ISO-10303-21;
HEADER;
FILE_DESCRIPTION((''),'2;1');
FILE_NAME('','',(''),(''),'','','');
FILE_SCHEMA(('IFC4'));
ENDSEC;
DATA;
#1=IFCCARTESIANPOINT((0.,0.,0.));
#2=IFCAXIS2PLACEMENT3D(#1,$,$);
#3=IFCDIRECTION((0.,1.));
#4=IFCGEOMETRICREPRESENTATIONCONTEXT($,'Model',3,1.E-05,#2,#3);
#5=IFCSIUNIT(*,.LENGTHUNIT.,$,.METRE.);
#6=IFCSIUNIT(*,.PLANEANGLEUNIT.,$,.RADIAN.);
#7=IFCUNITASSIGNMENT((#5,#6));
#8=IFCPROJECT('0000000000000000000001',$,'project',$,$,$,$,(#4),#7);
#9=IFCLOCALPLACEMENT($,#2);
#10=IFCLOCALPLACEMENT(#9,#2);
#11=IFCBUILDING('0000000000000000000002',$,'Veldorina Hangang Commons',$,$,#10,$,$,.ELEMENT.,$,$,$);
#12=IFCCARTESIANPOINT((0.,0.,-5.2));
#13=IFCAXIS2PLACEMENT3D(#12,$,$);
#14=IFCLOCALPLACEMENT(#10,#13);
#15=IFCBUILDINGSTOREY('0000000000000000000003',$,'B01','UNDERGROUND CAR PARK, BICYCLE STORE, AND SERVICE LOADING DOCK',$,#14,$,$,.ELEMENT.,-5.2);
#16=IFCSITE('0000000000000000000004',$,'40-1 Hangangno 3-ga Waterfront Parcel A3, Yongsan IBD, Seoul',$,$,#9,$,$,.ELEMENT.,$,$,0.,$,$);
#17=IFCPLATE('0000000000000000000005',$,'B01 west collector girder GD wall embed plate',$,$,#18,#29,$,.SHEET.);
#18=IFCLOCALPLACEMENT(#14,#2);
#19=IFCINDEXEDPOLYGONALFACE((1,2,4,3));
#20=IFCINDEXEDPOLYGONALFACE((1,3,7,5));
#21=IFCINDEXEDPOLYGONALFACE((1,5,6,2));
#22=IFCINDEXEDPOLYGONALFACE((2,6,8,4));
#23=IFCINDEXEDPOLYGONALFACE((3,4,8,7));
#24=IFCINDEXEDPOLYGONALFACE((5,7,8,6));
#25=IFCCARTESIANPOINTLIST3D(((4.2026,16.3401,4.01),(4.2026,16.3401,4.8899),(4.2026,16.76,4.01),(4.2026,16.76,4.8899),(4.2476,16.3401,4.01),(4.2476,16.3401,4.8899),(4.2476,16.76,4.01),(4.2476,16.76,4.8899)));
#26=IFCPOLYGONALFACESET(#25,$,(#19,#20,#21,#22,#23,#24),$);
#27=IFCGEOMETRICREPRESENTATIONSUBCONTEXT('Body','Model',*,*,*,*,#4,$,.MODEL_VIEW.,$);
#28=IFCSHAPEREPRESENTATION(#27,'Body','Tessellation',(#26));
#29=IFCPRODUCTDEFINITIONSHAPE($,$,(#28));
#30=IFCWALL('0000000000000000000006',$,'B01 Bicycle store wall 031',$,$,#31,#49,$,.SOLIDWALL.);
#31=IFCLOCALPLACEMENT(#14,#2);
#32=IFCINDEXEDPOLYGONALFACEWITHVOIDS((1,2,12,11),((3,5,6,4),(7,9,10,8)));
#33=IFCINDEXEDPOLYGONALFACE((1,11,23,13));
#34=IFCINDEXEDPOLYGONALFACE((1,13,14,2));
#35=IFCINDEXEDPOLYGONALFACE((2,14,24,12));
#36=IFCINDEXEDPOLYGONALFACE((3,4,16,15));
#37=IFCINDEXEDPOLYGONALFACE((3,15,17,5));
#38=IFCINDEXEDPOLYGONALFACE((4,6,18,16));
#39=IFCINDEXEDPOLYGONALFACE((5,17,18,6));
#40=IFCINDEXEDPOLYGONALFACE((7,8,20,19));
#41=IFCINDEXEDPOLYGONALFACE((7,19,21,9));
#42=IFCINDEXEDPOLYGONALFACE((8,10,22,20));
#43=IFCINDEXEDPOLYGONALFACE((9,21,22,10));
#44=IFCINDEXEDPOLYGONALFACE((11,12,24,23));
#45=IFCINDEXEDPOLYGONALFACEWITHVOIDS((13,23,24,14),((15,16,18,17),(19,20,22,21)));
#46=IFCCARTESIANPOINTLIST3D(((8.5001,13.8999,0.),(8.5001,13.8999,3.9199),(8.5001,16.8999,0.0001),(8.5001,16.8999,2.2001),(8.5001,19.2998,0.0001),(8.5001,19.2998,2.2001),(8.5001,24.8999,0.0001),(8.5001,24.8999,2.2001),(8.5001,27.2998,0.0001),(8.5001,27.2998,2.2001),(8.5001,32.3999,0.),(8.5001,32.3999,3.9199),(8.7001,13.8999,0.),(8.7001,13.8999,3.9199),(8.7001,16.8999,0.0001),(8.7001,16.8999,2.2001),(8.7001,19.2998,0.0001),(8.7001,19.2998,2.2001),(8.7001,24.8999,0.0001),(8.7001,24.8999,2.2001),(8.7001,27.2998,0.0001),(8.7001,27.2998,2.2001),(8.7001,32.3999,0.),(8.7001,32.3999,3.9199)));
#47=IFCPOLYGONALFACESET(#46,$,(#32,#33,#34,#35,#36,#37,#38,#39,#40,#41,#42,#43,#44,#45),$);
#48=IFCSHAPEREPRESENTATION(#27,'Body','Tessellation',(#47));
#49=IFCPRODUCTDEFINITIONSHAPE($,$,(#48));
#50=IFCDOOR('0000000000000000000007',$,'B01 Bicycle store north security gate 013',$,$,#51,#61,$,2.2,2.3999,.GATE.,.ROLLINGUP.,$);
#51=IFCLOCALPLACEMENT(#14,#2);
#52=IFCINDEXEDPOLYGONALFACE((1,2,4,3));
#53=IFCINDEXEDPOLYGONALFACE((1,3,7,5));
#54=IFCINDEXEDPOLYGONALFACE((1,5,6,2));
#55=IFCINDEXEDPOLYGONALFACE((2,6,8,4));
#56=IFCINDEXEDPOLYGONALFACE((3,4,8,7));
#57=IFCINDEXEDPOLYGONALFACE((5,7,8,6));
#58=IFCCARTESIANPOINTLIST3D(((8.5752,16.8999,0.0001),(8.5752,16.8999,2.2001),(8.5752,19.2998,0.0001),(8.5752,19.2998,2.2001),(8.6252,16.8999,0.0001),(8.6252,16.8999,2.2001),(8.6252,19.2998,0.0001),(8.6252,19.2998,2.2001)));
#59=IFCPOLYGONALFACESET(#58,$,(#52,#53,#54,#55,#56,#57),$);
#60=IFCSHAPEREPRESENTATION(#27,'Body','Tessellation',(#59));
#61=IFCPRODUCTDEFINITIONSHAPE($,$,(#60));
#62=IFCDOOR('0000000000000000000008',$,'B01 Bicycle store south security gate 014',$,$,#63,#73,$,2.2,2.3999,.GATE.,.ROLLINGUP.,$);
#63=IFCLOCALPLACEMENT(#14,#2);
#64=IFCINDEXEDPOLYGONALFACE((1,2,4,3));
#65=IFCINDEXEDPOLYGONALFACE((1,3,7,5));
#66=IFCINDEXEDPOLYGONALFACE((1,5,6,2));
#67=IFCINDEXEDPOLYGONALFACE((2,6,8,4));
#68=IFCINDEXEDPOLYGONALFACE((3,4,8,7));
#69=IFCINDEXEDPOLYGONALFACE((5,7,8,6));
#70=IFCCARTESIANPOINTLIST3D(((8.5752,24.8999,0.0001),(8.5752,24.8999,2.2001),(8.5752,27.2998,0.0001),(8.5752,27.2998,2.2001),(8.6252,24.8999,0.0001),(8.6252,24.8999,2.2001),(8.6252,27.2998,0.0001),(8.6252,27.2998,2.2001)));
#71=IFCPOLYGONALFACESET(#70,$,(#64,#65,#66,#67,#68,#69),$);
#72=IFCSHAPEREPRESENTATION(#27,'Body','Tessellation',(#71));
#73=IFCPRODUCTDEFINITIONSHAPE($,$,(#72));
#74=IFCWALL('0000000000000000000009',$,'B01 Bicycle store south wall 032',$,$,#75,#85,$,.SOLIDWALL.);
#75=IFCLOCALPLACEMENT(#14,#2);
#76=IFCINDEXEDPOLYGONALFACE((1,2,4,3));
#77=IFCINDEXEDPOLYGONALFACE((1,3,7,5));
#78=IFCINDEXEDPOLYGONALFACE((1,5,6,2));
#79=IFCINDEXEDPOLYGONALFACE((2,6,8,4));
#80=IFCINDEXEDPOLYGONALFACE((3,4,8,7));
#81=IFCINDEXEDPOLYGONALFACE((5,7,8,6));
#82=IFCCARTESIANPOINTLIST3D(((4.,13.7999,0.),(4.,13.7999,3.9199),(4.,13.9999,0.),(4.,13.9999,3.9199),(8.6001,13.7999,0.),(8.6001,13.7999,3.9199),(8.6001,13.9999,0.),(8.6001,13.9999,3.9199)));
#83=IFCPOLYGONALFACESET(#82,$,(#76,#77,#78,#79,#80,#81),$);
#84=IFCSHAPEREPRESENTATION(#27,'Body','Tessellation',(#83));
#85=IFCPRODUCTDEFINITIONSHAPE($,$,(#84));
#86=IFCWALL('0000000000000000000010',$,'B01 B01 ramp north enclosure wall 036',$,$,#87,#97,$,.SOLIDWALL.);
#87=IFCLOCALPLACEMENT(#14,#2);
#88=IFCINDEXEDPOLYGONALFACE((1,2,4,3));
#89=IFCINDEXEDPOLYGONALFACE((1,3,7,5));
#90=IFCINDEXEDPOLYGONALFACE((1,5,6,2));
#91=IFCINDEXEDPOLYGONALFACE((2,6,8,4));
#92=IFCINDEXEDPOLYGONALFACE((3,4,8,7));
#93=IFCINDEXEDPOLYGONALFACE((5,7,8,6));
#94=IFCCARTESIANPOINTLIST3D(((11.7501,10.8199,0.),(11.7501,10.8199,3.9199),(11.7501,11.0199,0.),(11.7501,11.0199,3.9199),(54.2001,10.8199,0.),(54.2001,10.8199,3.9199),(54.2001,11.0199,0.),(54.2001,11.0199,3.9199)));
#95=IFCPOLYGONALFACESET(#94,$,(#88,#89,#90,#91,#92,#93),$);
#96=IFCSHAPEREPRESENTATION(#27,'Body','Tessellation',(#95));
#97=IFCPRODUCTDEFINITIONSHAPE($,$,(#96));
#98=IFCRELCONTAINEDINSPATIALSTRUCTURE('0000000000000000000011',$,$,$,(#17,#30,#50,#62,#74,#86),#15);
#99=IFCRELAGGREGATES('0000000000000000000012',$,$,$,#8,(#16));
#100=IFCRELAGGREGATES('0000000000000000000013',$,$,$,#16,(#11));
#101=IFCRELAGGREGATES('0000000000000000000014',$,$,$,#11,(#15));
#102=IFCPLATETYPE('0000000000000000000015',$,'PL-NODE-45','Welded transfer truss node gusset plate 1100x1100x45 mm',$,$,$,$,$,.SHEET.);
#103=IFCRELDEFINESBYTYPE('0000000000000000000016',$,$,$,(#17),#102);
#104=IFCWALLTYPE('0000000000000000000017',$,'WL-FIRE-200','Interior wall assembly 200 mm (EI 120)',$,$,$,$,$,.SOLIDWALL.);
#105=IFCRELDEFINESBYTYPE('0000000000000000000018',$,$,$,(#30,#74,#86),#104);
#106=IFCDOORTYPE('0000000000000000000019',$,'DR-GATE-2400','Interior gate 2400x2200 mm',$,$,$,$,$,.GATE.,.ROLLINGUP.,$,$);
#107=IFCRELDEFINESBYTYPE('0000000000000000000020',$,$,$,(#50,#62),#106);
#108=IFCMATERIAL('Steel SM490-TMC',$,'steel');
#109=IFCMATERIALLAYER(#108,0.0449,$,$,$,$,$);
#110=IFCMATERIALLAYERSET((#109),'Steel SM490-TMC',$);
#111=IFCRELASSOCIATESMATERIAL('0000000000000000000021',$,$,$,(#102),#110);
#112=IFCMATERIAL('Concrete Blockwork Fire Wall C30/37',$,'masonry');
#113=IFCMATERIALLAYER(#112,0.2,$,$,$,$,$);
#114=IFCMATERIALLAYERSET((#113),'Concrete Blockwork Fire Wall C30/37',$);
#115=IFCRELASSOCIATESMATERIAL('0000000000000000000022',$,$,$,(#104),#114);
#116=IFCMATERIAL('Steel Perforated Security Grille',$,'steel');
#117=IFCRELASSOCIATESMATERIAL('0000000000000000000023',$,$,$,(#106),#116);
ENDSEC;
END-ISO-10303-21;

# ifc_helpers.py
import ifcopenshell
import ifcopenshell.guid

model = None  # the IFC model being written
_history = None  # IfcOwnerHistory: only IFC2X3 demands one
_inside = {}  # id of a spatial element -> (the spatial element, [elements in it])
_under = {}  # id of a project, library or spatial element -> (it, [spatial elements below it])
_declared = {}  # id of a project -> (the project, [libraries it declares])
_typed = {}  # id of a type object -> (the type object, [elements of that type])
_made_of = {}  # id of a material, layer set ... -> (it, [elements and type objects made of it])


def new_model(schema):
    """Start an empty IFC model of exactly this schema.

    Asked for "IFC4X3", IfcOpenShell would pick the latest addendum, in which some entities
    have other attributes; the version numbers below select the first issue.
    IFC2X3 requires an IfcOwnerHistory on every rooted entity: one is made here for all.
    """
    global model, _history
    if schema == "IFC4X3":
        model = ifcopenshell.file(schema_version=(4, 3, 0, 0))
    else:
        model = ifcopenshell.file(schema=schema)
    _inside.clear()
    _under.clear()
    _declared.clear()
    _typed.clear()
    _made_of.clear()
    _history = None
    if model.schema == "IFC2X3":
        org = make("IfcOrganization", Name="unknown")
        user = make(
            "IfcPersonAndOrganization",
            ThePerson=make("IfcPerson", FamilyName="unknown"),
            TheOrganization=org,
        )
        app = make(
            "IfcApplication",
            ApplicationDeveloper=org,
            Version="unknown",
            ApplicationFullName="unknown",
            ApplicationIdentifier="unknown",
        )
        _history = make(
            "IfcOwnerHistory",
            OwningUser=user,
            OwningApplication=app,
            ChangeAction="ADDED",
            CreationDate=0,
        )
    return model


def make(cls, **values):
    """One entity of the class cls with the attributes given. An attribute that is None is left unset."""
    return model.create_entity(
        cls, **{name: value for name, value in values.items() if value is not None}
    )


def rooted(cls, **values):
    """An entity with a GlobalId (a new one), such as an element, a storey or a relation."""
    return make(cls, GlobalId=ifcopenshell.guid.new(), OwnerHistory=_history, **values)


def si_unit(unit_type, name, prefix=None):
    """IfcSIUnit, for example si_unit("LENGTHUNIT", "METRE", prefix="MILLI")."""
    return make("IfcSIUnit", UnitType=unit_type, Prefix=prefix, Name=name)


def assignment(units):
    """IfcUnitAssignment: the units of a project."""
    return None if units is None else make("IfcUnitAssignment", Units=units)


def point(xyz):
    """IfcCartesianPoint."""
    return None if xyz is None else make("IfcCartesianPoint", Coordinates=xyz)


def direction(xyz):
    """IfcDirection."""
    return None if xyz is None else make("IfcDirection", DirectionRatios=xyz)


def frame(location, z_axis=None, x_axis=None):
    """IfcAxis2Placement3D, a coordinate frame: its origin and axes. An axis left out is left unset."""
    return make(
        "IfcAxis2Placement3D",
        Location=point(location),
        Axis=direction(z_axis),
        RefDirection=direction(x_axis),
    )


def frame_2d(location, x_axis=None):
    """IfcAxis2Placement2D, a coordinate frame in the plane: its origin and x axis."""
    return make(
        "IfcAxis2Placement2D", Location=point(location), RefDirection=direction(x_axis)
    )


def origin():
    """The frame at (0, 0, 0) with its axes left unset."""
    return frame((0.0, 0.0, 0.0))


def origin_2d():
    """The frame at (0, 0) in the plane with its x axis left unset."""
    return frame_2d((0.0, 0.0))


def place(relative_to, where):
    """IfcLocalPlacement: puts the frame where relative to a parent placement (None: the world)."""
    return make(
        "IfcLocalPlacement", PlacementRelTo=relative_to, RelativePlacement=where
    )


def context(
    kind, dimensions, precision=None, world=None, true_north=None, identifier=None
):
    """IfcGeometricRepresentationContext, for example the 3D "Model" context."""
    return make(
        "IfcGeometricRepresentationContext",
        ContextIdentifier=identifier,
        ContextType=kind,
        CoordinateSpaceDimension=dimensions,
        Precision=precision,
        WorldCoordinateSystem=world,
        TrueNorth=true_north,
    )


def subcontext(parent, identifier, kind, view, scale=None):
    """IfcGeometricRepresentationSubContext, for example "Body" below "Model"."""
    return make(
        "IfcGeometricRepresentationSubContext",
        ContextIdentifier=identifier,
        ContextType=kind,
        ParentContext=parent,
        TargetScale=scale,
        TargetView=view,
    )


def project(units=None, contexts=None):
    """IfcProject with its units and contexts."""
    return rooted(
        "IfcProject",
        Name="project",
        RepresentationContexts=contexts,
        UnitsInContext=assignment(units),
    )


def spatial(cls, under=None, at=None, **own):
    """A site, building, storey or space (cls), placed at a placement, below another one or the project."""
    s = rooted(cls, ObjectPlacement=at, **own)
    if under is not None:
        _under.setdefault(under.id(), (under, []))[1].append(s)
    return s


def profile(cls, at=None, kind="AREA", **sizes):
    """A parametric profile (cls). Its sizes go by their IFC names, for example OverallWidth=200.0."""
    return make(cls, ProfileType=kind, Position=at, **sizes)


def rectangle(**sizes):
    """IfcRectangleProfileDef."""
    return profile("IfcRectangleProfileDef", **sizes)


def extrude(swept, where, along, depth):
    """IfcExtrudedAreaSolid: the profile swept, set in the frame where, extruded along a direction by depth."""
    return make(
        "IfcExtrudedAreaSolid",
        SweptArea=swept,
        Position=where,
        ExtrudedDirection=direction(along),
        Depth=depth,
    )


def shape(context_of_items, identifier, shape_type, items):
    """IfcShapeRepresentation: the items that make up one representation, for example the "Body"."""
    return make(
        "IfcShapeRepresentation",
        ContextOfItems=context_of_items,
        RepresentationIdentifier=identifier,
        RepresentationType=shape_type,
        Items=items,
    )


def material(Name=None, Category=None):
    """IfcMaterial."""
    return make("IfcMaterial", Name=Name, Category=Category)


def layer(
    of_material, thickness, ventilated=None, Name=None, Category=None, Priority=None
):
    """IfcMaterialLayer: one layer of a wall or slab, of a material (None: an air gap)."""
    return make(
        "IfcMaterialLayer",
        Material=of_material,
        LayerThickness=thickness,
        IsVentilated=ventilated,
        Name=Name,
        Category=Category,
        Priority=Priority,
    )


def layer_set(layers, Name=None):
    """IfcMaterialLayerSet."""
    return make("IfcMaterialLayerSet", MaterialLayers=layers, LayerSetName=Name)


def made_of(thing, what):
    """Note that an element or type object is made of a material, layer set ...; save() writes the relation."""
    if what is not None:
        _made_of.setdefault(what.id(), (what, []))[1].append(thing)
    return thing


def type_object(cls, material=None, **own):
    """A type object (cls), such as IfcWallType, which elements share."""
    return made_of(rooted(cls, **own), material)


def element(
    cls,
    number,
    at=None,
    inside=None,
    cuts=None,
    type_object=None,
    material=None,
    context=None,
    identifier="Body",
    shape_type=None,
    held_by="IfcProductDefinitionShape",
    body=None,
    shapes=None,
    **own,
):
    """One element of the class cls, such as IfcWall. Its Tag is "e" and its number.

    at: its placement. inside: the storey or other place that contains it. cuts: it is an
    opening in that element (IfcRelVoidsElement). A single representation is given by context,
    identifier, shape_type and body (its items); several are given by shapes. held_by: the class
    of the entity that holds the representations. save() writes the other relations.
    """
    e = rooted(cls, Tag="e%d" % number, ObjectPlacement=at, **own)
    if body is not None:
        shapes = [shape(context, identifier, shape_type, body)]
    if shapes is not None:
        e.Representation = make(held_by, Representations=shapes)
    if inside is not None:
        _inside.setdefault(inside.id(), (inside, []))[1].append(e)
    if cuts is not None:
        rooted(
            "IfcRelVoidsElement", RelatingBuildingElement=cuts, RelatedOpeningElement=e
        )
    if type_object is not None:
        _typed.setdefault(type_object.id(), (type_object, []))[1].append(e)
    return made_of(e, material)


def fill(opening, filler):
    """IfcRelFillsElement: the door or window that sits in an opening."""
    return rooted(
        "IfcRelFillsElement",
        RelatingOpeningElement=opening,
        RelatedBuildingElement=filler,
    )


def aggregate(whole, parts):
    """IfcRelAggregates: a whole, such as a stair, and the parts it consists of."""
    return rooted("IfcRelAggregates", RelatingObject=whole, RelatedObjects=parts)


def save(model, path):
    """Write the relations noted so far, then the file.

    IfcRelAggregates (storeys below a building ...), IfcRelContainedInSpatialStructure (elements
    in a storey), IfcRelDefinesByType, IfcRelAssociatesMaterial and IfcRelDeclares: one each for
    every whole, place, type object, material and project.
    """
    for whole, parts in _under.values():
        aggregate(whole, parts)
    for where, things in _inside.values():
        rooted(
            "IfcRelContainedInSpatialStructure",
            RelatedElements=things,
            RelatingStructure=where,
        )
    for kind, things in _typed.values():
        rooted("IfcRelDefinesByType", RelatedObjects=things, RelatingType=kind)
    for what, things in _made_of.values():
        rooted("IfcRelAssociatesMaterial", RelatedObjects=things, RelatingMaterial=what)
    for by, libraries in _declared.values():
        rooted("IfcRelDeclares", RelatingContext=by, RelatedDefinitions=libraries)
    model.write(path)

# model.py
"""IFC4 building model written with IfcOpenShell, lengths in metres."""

from ifc_helpers import new_model, si_unit, direction, frame, frame_2d, origin, origin_2d, place, context, subcontext, project, spatial, rectangle, extrude, material, layer, layer_set, type_object, element, fill, save


model = new_model("IFC4")

# Units and contexts
model_context = context("Model", 3, precision=1e-05, world=origin(), true_north=direction((0.0, 1.0)))
body_context = subcontext(model_context, "Body", "Model", "MODEL_VIEW")
ifc_project = project(units=[si_unit("LENGTHUNIT", "METRE"), si_unit("PLANEANGLEUNIT", "RADIAN")], contexts=[model_context])

# Site, building, storey
site_placement = place(None, origin())
site = spatial("IfcSite", under=ifc_project, at=site_placement, Name="40-1 Hangangno 3-ga Waterfront Parcel A3, Yongsan IBD, Seoul", CompositionType="ELEMENT", RefElevation=0.0)
building_placement = place(site_placement, origin())
building = spatial("IfcBuilding", under=site, at=building_placement, Name="Veldorina Hangang Commons", CompositionType="ELEMENT")
storey_placement = place(building_placement, frame((0.0, 0.0, -5.2)))
storey = spatial("IfcBuildingStorey", under=building, at=storey_placement, Name="B01", Description="UNDERGROUND CAR PARK, BICYCLE STORE, AND SERVICE LOADING DOCK", CompositionType="ELEMENT", Elevation=-5.2)

# Plate
ifc_material_1 = material(Name="Steel SM490-TMC", Category="steel")
ifc_layer_1 = layer(ifc_material_1, 0.0449)
ifc_layer_set_1 = layer_set([ifc_layer_1], Name="Steel SM490-TMC")
plate_type = type_object("IfcPlateType", Name="PL-NODE-45", Description="Welded transfer truss node gusset plate 1100x1100x45 mm", PredefinedType="SHEET", material=ifc_layer_set_1)
plate_placement = place(storey_placement, frame((4.2251, 16.55, 4.01), z_axis=(0.0, 0.0, 1.0), x_axis=(1.0, 0.0, 0.0)))
element("IfcPlate", 1, at=plate_placement, inside=storey, type_object=plate_type, Name="B01 west collector girder GD wall embed plate", PredefinedType="SHEET", context=body_context, shape_type="SweptSolid", body=[
    extrude(rectangle(XDim=0.0449, YDim=0.4199, at=origin_2d()), origin(), (0.0, 0.0, 1.0), 0.8799),
])

# Wall, openings, doors
ifc_material_2 = material(Name="Concrete Blockwork Fire Wall C30/37", Category="masonry")
ifc_layer_2 = layer(ifc_material_2, 0.2)
ifc_layer_set_2 = layer_set([ifc_layer_2], Name="Concrete Blockwork Fire Wall C30/37")
wall_type = type_object("IfcWallType", Name="WL-FIRE-200", Description="Interior wall assembly 200 mm (EI 120)", PredefinedType="SOLIDWALL", material=ifc_layer_set_2)
wall_1_placement = place(storey_placement, frame((8.6001, 13.8999, 0.0), z_axis=(0.0, 0.0, 1.0), x_axis=(0.0, 1.0, 0.0)))
wall_1 = element("IfcWall", 2, at=wall_1_placement, inside=storey, type_object=wall_type, Name="B01 Bicycle store wall 031", PredefinedType="SOLIDWALL", context=body_context, shape_type="SweptSolid", body=[
    extrude(rectangle(XDim=18.5, YDim=0.2, at=frame_2d((9.25, 0.0))), origin(), (0.0, 0.0, 1.0), 3.9199),
])
opening_1_placement = place(wall_1_placement, frame((3.0, 0.0, 0.0)))
opening_1 = element("IfcOpeningElement", 3, at=opening_1_placement, cuts=wall_1, PredefinedType="OPENING", context=body_context, shape_type="SweptSolid", body=[
    extrude(rectangle(XDim=2.3999, YDim=2.2, at=frame_2d((1.2, 1.1001))), frame((0.0, 0.1099, 0.0), z_axis=(0.0, -1.0, 0.0), x_axis=(1.0, 0.0, 0.0)), (0.0, 0.0, 1.0), 0.22),
])
opening_2_placement = place(wall_1_placement, frame((11.0, 0.0, 0.0)))
opening_2 = element("IfcOpeningElement", 4, at=opening_2_placement, cuts=wall_1, PredefinedType="OPENING", context=body_context, shape_type="SweptSolid", body=[
    extrude(rectangle(XDim=2.3999, YDim=2.2, at=frame_2d((1.2, 1.1001))), frame((0.0, 0.1099, 0.0), z_axis=(0.0, -1.0, 0.0), x_axis=(1.0, 0.0, 0.0)), (0.0, 0.0, 1.0), 0.22),
])
ifc_material_3 = material(Name="Steel Perforated Security Grille", Category="steel")
door_type = type_object("IfcDoorType", Name="DR-GATE-2400", Description="Interior gate 2400x2200 mm", OperationType="ROLLINGUP", PredefinedType="GATE", material=ifc_material_3)
door_1_placement = place(opening_1_placement, origin())
door_1 = element("IfcDoor", 5, at=door_1_placement, inside=storey, type_object=door_type, Name="B01 Bicycle store north security gate 013", OperationType="ROLLINGUP", OverallHeight=2.2, OverallWidth=2.3999, PredefinedType="GATE", context=body_context, shape_type="SweptSolid", body=[
    extrude(rectangle(XDim=2.3999, YDim=2.2, at=frame_2d((1.2, 1.1001))), frame((0.0, 0.0249, 0.0), z_axis=(0.0, -1.0, 0.0), x_axis=(1.0, 0.0, 0.0)), (0.0, 0.0, 1.0), 0.05),
])
fill(opening_1, door_1)
door_2_placement = place(opening_2_placement, origin())
door_2 = element("IfcDoor", 6, at=door_2_placement, inside=storey, type_object=door_type, Name="B01 Bicycle store south security gate 014", OperationType="ROLLINGUP", OverallHeight=2.2, OverallWidth=2.3999, PredefinedType="GATE", context=body_context, shape_type="SweptSolid", body=[
    extrude(rectangle(XDim=2.3999, YDim=2.2, at=frame_2d((1.2, 1.1001))), frame((0.0, 0.0249, 0.0), z_axis=(0.0, -1.0, 0.0), x_axis=(1.0, 0.0, 0.0)), (0.0, 0.0, 1.0), 0.05),
])
fill(opening_2, door_2)

# Walls
wall_2_placement = place(storey_placement, frame((4.0, 13.8999, 0.0), z_axis=(0.0, 0.0, 1.0), x_axis=(1.0, 0.0, 0.0)))
element("IfcWall", 7, at=wall_2_placement, inside=storey, type_object=wall_type, Name="B01 Bicycle store south wall 032", PredefinedType="SOLIDWALL", context=body_context, shape_type="SweptSolid", body=[
    extrude(rectangle(XDim=4.6001, YDim=0.2, at=frame_2d((2.3, 0.0))), origin(), (0.0, 0.0, 1.0), 3.9199),
])
wall_3_placement = place(storey_placement, frame((11.75, 10.9199, 0.0), z_axis=(0.0, 0.0, 1.0), x_axis=(1.0, 0.0, 0.0)))
element("IfcWall", 8, at=wall_3_placement, inside=storey, type_object=wall_type, Name="B01 B01 ramp north enclosure wall 036", PredefinedType="SOLIDWALL", context=body_context, shape_type="SweptSolid", body=[
    extrude(rectangle(XDim=42.45, YDim=0.2, at=frame_2d((21.2251, 0.0))), origin(), (0.0, 0.0, 1.0), 3.9199),
])

save(model, "model.ifc")
